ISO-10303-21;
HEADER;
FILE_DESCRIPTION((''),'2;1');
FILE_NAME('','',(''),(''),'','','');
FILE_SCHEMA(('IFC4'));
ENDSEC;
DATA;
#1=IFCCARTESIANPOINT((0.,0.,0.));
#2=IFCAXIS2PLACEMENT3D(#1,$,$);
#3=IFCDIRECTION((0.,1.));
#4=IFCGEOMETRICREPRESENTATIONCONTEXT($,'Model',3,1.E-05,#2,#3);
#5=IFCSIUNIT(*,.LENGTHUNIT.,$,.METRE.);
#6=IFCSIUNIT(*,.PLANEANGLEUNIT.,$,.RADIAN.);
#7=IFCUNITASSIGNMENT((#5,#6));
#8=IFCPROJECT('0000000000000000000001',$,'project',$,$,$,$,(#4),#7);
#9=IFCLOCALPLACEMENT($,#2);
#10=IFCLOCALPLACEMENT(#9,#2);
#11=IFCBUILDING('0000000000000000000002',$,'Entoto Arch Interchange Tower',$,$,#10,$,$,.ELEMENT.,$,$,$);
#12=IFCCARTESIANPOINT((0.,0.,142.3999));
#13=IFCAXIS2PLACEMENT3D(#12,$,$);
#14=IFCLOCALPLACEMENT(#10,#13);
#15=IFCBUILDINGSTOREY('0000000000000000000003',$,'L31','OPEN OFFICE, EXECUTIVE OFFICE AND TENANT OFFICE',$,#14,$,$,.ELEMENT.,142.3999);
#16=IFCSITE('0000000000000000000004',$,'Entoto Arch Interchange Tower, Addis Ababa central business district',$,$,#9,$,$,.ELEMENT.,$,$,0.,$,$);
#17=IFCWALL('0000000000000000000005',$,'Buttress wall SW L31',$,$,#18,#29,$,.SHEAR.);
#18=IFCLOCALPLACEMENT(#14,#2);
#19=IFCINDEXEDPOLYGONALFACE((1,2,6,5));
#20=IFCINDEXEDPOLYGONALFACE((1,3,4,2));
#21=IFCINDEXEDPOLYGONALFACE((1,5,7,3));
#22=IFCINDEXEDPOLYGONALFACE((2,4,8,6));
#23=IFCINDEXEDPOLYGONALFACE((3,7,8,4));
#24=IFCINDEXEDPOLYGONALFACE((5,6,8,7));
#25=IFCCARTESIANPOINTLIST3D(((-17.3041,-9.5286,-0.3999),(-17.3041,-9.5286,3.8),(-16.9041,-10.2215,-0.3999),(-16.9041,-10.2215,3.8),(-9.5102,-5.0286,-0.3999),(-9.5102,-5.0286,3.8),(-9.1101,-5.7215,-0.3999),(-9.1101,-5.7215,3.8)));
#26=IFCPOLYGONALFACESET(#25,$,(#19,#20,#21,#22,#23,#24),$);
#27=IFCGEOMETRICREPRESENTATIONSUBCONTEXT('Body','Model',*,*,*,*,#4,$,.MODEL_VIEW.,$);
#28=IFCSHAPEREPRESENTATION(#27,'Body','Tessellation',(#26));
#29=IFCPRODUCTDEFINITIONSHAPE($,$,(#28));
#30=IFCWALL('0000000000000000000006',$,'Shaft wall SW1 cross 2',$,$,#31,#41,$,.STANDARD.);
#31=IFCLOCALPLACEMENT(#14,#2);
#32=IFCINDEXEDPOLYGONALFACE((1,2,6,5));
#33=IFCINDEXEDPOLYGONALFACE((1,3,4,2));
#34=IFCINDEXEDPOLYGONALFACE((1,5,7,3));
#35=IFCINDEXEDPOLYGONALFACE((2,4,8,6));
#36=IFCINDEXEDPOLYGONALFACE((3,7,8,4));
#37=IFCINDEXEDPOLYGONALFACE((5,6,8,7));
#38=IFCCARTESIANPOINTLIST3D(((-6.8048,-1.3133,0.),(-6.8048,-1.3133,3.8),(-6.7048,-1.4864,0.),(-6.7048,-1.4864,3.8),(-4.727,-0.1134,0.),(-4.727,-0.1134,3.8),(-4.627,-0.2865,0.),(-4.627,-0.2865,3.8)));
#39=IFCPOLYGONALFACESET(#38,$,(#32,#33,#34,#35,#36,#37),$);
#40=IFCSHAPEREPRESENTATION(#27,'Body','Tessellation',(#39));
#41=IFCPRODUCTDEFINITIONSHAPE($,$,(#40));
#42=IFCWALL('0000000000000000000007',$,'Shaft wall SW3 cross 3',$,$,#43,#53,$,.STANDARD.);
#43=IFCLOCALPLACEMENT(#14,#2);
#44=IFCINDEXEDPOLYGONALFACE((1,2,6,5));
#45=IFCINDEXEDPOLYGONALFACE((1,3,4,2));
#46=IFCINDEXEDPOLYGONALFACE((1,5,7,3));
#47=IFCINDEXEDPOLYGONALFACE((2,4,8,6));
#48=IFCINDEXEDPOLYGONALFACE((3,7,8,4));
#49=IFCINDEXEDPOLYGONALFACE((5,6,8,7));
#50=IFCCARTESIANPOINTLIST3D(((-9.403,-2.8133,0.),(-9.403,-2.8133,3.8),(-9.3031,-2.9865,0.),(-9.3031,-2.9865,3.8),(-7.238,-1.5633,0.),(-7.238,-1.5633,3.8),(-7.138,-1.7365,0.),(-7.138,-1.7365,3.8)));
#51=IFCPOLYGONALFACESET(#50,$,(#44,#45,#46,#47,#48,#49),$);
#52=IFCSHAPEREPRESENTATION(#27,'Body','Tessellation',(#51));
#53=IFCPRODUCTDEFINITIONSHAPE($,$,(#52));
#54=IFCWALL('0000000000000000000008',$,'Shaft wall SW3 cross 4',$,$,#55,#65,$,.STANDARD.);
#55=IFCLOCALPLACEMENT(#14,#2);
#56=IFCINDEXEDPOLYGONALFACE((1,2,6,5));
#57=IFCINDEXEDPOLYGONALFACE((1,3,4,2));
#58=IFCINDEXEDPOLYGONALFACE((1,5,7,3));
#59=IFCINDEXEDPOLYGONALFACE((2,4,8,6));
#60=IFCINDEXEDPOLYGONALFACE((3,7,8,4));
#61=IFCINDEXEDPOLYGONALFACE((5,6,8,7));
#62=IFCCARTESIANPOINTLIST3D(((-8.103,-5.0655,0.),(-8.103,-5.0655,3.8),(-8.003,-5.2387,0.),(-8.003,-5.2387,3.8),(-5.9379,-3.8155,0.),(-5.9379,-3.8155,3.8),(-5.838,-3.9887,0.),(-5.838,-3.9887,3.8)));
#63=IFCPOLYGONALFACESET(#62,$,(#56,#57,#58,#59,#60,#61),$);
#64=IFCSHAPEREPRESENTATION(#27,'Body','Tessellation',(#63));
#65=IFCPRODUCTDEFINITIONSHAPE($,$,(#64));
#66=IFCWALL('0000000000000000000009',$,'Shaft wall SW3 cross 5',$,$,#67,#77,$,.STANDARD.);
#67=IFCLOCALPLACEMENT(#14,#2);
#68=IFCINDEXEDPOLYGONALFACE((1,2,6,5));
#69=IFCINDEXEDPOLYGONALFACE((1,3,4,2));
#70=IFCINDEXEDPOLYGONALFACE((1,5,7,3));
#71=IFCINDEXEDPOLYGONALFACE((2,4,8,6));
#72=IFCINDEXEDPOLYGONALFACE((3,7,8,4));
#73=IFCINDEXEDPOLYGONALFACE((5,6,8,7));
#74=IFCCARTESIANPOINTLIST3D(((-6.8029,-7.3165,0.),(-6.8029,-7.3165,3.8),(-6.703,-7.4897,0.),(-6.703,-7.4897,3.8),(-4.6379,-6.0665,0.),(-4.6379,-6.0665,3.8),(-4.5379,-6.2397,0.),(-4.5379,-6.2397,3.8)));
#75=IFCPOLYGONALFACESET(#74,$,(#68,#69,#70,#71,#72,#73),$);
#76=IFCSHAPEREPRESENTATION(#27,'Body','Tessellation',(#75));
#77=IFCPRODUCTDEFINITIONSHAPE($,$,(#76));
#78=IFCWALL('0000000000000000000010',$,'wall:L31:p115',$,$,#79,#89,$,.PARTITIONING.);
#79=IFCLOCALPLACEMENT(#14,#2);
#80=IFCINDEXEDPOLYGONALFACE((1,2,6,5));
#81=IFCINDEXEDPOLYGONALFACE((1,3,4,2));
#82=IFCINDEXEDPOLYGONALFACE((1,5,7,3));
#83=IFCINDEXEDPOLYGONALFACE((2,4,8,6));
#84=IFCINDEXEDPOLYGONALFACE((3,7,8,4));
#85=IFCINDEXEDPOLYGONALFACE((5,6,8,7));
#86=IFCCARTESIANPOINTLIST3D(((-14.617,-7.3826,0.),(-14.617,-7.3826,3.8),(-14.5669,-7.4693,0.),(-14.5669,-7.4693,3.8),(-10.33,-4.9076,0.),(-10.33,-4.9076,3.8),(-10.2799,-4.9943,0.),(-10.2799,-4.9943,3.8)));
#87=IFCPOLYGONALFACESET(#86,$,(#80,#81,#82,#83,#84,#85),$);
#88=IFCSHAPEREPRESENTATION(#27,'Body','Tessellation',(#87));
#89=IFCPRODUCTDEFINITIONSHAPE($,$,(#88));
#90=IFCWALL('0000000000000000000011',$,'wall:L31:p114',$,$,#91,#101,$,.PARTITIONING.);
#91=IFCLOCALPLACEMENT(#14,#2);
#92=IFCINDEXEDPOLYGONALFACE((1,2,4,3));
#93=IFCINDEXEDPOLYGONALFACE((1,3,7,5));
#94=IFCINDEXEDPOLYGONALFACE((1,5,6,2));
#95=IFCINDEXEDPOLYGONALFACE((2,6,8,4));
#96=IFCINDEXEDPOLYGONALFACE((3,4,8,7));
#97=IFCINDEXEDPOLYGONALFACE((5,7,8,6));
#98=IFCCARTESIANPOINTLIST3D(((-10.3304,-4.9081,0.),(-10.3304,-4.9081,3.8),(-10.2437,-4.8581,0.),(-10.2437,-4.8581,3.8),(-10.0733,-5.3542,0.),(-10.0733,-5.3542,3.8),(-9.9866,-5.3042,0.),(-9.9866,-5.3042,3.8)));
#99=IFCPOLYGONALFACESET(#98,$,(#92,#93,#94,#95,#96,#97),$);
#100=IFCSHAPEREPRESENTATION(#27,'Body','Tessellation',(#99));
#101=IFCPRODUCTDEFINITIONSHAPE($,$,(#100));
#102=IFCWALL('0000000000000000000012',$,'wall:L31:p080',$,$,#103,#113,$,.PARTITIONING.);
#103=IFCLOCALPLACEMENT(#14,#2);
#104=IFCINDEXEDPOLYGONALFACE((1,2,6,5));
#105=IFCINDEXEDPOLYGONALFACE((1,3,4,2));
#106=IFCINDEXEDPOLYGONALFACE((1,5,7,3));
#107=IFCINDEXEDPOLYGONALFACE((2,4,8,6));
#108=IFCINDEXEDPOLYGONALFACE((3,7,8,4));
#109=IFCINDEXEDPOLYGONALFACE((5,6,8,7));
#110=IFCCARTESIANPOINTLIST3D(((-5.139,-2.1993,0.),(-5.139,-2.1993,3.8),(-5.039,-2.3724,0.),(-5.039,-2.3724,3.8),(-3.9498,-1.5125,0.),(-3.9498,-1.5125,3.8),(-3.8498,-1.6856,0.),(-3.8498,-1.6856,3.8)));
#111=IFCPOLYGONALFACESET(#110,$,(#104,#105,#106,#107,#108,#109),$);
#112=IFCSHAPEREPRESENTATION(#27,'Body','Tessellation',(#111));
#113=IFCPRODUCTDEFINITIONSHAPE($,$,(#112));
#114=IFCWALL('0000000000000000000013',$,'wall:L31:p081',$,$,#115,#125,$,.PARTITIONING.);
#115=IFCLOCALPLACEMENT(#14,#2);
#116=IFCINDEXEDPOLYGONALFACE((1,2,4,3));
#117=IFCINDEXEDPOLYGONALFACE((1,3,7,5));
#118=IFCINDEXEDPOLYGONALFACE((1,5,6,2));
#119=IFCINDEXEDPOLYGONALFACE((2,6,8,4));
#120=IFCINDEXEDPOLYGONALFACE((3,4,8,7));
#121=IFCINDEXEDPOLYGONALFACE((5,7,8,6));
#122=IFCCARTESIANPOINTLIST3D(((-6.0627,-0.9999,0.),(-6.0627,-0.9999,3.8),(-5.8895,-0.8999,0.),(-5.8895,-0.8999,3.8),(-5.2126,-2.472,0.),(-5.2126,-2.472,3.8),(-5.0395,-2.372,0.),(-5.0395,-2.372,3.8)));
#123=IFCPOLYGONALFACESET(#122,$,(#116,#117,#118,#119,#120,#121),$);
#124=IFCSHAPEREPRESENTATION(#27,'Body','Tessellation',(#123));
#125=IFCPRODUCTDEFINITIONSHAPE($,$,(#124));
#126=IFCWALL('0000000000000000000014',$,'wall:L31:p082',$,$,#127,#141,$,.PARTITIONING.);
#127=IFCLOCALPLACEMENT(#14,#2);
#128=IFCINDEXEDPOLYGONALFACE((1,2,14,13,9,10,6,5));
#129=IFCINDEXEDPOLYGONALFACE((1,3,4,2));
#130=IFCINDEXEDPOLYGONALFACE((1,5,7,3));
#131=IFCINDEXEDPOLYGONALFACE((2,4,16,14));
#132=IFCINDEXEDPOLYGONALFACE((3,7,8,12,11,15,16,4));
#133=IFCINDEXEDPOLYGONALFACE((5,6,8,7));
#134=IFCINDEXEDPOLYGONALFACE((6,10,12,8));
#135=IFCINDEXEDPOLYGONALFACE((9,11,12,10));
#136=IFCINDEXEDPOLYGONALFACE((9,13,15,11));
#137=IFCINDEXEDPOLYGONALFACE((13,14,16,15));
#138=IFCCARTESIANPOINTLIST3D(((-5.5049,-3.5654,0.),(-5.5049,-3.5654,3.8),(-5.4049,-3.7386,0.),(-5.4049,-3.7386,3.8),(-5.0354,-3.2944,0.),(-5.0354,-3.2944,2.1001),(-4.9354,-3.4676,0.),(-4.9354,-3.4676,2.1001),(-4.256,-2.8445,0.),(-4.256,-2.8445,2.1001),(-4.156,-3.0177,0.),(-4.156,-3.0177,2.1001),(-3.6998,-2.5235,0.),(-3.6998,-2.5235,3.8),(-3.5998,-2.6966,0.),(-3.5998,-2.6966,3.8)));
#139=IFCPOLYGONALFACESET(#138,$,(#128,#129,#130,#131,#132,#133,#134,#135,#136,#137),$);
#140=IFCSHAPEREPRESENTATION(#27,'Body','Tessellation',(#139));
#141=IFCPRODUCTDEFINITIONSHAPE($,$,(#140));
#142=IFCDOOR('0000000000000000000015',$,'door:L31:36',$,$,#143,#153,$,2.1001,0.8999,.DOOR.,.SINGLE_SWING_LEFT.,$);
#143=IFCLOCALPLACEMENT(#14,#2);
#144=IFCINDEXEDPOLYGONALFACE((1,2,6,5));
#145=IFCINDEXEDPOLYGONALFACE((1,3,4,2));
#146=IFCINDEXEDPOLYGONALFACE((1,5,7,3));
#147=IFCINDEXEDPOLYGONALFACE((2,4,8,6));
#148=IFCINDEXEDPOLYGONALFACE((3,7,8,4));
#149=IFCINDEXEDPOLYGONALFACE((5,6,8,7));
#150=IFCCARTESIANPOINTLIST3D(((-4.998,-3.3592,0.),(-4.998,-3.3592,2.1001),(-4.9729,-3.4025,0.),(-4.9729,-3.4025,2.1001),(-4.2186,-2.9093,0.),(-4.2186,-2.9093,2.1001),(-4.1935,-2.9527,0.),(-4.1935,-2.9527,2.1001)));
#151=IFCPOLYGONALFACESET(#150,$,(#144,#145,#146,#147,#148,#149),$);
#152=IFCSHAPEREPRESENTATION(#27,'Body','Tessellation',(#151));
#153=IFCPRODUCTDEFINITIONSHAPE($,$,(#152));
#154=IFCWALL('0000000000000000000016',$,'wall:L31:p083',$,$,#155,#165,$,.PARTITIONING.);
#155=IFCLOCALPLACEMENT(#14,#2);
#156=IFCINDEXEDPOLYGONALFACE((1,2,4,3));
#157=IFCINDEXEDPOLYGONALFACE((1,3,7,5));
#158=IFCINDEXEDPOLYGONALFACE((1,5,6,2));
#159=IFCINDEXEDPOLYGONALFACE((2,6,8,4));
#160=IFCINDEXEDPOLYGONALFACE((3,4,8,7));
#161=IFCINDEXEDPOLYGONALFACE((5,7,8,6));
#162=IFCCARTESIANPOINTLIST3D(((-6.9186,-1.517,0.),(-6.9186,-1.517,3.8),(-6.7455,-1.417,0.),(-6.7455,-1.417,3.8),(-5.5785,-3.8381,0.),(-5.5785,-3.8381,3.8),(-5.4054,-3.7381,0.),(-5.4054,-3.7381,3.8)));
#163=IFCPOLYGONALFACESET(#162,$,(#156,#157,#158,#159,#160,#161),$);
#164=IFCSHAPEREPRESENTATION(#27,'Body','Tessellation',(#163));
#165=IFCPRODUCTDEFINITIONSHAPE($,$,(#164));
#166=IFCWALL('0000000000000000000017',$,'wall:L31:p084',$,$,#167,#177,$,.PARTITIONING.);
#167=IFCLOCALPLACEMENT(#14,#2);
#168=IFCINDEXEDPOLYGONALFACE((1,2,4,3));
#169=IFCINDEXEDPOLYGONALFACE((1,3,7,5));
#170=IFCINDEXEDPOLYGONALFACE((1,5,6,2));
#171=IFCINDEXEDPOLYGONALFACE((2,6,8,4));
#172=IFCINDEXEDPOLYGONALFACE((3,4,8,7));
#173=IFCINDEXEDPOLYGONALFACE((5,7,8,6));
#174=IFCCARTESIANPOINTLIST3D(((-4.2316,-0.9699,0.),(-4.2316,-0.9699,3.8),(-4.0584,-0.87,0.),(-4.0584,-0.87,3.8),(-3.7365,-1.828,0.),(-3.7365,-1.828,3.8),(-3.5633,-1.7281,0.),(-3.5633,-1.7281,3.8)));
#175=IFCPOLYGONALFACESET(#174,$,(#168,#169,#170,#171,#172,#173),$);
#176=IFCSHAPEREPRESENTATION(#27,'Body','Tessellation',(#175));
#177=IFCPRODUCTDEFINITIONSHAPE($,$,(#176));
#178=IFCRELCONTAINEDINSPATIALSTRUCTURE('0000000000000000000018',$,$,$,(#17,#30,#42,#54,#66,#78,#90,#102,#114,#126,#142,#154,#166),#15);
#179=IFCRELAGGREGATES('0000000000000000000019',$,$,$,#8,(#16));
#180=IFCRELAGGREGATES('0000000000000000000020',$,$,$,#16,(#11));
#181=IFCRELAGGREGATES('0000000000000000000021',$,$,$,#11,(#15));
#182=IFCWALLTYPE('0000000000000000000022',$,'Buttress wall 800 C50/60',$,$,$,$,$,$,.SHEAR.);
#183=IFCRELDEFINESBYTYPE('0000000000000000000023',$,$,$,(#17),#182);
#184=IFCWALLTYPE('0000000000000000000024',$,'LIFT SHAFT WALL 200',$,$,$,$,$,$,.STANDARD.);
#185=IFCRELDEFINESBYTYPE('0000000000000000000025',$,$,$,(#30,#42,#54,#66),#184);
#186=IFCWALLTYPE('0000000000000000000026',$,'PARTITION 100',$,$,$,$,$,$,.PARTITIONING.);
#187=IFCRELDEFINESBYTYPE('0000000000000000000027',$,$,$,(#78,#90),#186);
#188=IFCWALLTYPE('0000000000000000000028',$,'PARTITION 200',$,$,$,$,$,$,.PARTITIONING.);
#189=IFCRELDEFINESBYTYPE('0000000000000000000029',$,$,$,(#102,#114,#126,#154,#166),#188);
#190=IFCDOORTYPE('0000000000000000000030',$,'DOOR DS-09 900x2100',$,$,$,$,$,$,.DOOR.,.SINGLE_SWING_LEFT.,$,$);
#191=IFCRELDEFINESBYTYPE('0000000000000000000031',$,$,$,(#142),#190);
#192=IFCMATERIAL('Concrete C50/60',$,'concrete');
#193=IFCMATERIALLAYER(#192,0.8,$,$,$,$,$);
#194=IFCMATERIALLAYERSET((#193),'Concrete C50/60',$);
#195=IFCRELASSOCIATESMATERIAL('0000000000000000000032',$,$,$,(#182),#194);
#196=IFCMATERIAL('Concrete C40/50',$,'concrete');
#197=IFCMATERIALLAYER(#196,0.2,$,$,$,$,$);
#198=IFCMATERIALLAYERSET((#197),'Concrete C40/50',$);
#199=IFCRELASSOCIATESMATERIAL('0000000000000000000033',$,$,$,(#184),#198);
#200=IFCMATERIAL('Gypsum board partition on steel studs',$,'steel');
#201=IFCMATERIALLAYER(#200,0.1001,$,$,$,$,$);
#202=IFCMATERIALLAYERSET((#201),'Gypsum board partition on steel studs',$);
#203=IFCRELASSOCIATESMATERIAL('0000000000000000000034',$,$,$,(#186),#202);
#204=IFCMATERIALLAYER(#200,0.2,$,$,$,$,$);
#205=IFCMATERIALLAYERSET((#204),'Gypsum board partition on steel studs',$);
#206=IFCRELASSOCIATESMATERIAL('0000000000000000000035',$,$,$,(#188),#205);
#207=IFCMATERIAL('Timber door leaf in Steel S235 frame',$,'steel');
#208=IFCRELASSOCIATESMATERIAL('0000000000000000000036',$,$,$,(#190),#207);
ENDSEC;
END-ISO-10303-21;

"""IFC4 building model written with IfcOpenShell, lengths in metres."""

from ifc_helpers import new_model, si_unit, direction, frame, frame_2d, origin, place, context, subcontext, project, spatial, rectangle, extrude, material, layer, layer_set, type_object, element, fill, save


model = new_model("IFC4")

# Units and contexts
model_context = context("Model", 3, precision=1e-05, world=origin(), true_north=direction((0.0, 1.0)))
body_context = subcontext(model_context, "Body", "Model", "MODEL_VIEW")
ifc_project = project(units=[si_unit("LENGTHUNIT", "METRE"), si_unit("PLANEANGLEUNIT", "RADIAN")], contexts=[model_context])

# Site, building, storey
site_placement = place(None, origin())
site = spatial("IfcSite", under=ifc_project, at=site_placement, Name="Entoto Arch Interchange Tower, Addis Ababa central business district", CompositionType="ELEMENT", RefElevation=0.0)
building_placement = place(site_placement, origin())
building = spatial("IfcBuilding", under=site, at=building_placement, Name="Entoto Arch Interchange Tower", CompositionType="ELEMENT")
storey_placement = place(building_placement, frame((0.0, 0.0, 142.3999)))
storey = spatial("IfcBuildingStorey", under=building, at=storey_placement, Name="L31", Description="OPEN OFFICE, EXECUTIVE OFFICE AND TENANT OFFICE", CompositionType="ELEMENT", Elevation=142.3999)

# Walls
ifc_material_1 = material(Name="Concrete C50/60", Category="concrete")
ifc_layer_1 = layer(ifc_material_1, 0.8)
ifc_layer_set_1 = layer_set([ifc_layer_1], Name="Concrete C50/60")
wall_type_1 = type_object("IfcWallType", Name="Buttress wall 800 C50/60", PredefinedType="SHEAR", material=ifc_layer_set_1)
wall_1_placement = place(storey_placement, frame((-9.3101, -5.375, -0.3999), z_axis=(0.0, 0.0, 1.0), x_axis=(-0.866018, -0.500014, 0.0)))
element("IfcWall", 1, at=wall_1_placement, inside=storey, type_object=wall_type_1, Name="Buttress wall SW L31", PredefinedType="SHEAR", context=body_context, shape_type="SweptSolid", body=[
    extrude(rectangle(XDim=8.9998, YDim=0.8, at=frame_2d((4.5, 0.0))), origin(), (0.0, 0.0, 1.0), 4.2),
])
ifc_material_2 = material(Name="Concrete C40/50", Category="concrete")
ifc_layer_2 = layer(ifc_material_2, 0.2)
ifc_layer_set_2 = layer_set([ifc_layer_2], Name="Concrete C40/50")
wall_type_2 = type_object("IfcWallType", Name="LIFT SHAFT WALL 200", PredefinedType="STANDARD", material=ifc_layer_set_2)
wall_2_placement = place(storey_placement, frame((-4.677, -0.2, 0.0), z_axis=(0.0, 0.0, 1.0), x_axis=(-0.865974, -0.500089, 0.0)))
element("IfcWall", 2, at=wall_2_placement, inside=storey, type_object=wall_type_2, Name="Shaft wall SW1 cross 2", PredefinedType="STANDARD", context=body_context, shape_type="SweptSolid", body=[
    extrude(rectangle(XDim=2.3994, YDim=0.2, at=frame_2d((1.1997, 0.0))), origin(), (0.0, 0.0, 1.0), 3.8),
])
for number, where, z_axis, x_axis, name in (
    (3, (-7.188, -1.6499, 0.0), (0.0, 0.0, 1.0), (-0.866023, -0.500004, 0.0), "Shaft wall SW3 cross 3"),
    (4, (-5.8879, -3.9021, 0.0), (0.0, 0.0, 1.0), (-0.866023, -0.500004, 0.0), "Shaft wall SW3 cross 4"),
    (5, (-4.5879, -6.1531, 0.0), (0.0, 0.0, 1.0), (-0.866023, -0.500004, 0.0), "Shaft wall SW3 cross 5"),
):
    element("IfcWall", number, at=place(storey_placement, frame(where, z_axis=z_axis, x_axis=x_axis)), inside=storey, type_object=wall_type_2, Name=name, PredefinedType="STANDARD", context=body_context, shape_type="SweptSolid", body=[
        extrude(rectangle(XDim=2.5, YDim=0.2, at=frame_2d((1.25, 0.0))), origin(), (0.0, 0.0, 1.0), 3.8),
    ])
ifc_material_3 = material(Name="Gypsum board partition on steel studs", Category="steel")
ifc_layer_3 = layer(ifc_material_3, 0.1001)
ifc_layer_set_3 = layer_set([ifc_layer_3], Name="Gypsum board partition on steel studs")
wall_type_3 = type_object("IfcWallType", Name="PARTITION 100", PredefinedType="PARTITIONING", material=ifc_layer_set_3)
wall_3_placement = place(storey_placement, frame((-10.3049, -4.9509, 0.0), z_axis=(0.0, 0.0, 1.0), x_axis=(-0.866031, -0.49999, 0.0)))
element("IfcWall", 6, at=wall_3_placement, inside=storey, type_object=wall_type_3, Name="wall:L31:p115", PredefinedType="PARTITIONING", context=body_context, shape_type="SweptSolid", body=[
    extrude(rectangle(XDim=4.9502, YDim=0.1001, at=frame_2d((2.4751, 0.0))), origin(), (0.0, 0.0, 1.0), 3.8),
])
wall_4_placement = place(storey_placement, frame((-10.03, -5.3291, 0.0), z_axis=(0.0, 0.0, 1.0), x_axis=(-0.499353, 0.866399, 0.0)))
element("IfcWall", 7, at=wall_4_placement, inside=storey, type_object=wall_type_3, Name="wall:L31:p114", PredefinedType="PARTITIONING", context=body_context, shape_type="SweptSolid", body=[
    extrude(rectangle(XDim=0.5149, YDim=0.1001, at=frame_2d((0.2573, 0.0))), origin(), (0.0, 0.0, 1.0), 3.8),
])
ifc_layer_4 = layer(ifc_material_3, 0.2)
ifc_layer_set_4 = layer_set([ifc_layer_4], Name="Gypsum board partition on steel studs")
wall_type_4 = type_object("IfcWallType", Name="PARTITION 200", PredefinedType="PARTITIONING", material=ifc_layer_set_4)
wall_5_placement = place(storey_placement, frame((-3.8999, -1.5991, 0.0), z_axis=(0.0, 0.0, 1.0), x_axis=(-0.865969, -0.500097, 0.0)))
element("IfcWall", 8, at=wall_5_placement, inside=storey, type_object=wall_type_4, Name="wall:L31:p080", PredefinedType="PARTITIONING", context=body_context, shape_type="SweptSolid", body=[
    extrude(rectangle(XDim=1.3733, YDim=0.2, at=frame_2d((0.6865, 0.0))), origin(), (0.0, 0.0, 1.0), 3.8),
])
wall_6_placement = place(storey_placement, frame((-5.126, -2.4221, 0.0), z_axis=(0.0, 0.0, 1.0), x_axis=(-0.500062, 0.865989, 0.0)))
element("IfcWall", 9, at=wall_6_placement, inside=storey, type_object=wall_type_4, Name="wall:L31:p081", PredefinedType="PARTITIONING", context=body_context, shape_type="SweptSolid", body=[
    extrude(rectangle(XDim=1.7, YDim=0.2, at=frame_2d((0.8501, 0.0))), origin(), (0.0, 0.0, 1.0), 3.8),
])

# Wall, opening, door
wall_7_placement = place(storey_placement, frame((-3.6499, -2.6101, 0.0), z_axis=(0.0, 0.0, 1.0), x_axis=(-0.866072, -0.499918, 0.0)))
wall_7 = element("IfcWall", 10, at=wall_7_placement, inside=storey, type_object=wall_type_4, Name="wall:L31:p082", PredefinedType="PARTITIONING", context=body_context, shape_type="SweptSolid", body=[
    extrude(rectangle(XDim=2.0842, YDim=0.2, at=frame_2d((1.042, 0.0))), origin(), (0.0, 0.0, 1.0), 3.8),
])
opening_1_placement = place(wall_7_placement, frame((0.6421, 0.0, 0.0)))
opening_1 = element("IfcOpeningElement", 11, at=opening_1_placement, cuts=wall_7, PredefinedType="OPENING", context=body_context, shape_type="SweptSolid", body=[
    extrude(rectangle(XDim=0.8999, YDim=2.1001, at=frame_2d((0.45, 1.05))), frame((0.0, 0.1099, 0.0), z_axis=(0.0, -1.0, 0.0), x_axis=(1.0, 0.0, 0.0)), (0.0, 0.0, 1.0), 0.22),
])
ifc_material_4 = material(Name="Timber door leaf in Steel S235 frame", Category="steel")
door_type_1 = type_object("IfcDoorType", Name="DOOR DS-09 900x2100", OperationType="SINGLE_SWING_LEFT", PredefinedType="DOOR", material=ifc_material_4)
door_1_placement = place(opening_1_placement, origin())
door_1 = element("IfcDoor", 12, at=door_1_placement, inside=storey, type_object=door_type_1, Name="door:L31:36", OperationType="SINGLE_SWING_LEFT", OverallHeight=2.1001, OverallWidth=0.8999, PredefinedType="DOOR", context=body_context, shape_type="SweptSolid", body=[
    extrude(rectangle(XDim=0.8999, YDim=2.1001, at=frame_2d((0.45, 1.05))), frame((0.0, 0.0249, 0.0), z_axis=(0.0, -1.0, 0.0), x_axis=(1.0, 0.0, 0.0)), (0.0, 0.0, 1.0), 0.05),
])
fill(opening_1, door_1)

# Walls
wall_8_placement = place(storey_placement, frame((-5.4919, -3.7881, 0.0), z_axis=(0.0, 0.0, 1.0), x_axis=(-0.500009, 0.86602, 0.0)))
element("IfcWall", 13, at=wall_8_placement, inside=storey, type_object=wall_type_4, Name="wall:L31:p083", PredefinedType="PARTITIONING", context=body_context, shape_type="SweptSolid", body=[
    extrude(rectangle(XDim=2.6802, YDim=0.2, at=frame_2d((1.3401, 0.0))), origin(), (0.0, 0.0, 1.0), 3.8),
])
wall_9_placement = place(storey_placement, frame((-4.145, -0.9199, 0.0), z_axis=(0.0, 0.0, 1.0), x_axis=(0.499744, -0.866173, 0.0)))
element("IfcWall", 14, at=wall_9_placement, inside=storey, type_object=wall_type_4, Name="wall:L31:p084", PredefinedType="PARTITIONING", context=body_context, shape_type="SweptSolid", body=[
    extrude(rectangle(XDim=0.9907, YDim=0.2, at=frame_2d((0.4954, 0.0))), origin(), (0.0, 0.0, 1.0), 3.8),
])

save(model, "model.ifc")
